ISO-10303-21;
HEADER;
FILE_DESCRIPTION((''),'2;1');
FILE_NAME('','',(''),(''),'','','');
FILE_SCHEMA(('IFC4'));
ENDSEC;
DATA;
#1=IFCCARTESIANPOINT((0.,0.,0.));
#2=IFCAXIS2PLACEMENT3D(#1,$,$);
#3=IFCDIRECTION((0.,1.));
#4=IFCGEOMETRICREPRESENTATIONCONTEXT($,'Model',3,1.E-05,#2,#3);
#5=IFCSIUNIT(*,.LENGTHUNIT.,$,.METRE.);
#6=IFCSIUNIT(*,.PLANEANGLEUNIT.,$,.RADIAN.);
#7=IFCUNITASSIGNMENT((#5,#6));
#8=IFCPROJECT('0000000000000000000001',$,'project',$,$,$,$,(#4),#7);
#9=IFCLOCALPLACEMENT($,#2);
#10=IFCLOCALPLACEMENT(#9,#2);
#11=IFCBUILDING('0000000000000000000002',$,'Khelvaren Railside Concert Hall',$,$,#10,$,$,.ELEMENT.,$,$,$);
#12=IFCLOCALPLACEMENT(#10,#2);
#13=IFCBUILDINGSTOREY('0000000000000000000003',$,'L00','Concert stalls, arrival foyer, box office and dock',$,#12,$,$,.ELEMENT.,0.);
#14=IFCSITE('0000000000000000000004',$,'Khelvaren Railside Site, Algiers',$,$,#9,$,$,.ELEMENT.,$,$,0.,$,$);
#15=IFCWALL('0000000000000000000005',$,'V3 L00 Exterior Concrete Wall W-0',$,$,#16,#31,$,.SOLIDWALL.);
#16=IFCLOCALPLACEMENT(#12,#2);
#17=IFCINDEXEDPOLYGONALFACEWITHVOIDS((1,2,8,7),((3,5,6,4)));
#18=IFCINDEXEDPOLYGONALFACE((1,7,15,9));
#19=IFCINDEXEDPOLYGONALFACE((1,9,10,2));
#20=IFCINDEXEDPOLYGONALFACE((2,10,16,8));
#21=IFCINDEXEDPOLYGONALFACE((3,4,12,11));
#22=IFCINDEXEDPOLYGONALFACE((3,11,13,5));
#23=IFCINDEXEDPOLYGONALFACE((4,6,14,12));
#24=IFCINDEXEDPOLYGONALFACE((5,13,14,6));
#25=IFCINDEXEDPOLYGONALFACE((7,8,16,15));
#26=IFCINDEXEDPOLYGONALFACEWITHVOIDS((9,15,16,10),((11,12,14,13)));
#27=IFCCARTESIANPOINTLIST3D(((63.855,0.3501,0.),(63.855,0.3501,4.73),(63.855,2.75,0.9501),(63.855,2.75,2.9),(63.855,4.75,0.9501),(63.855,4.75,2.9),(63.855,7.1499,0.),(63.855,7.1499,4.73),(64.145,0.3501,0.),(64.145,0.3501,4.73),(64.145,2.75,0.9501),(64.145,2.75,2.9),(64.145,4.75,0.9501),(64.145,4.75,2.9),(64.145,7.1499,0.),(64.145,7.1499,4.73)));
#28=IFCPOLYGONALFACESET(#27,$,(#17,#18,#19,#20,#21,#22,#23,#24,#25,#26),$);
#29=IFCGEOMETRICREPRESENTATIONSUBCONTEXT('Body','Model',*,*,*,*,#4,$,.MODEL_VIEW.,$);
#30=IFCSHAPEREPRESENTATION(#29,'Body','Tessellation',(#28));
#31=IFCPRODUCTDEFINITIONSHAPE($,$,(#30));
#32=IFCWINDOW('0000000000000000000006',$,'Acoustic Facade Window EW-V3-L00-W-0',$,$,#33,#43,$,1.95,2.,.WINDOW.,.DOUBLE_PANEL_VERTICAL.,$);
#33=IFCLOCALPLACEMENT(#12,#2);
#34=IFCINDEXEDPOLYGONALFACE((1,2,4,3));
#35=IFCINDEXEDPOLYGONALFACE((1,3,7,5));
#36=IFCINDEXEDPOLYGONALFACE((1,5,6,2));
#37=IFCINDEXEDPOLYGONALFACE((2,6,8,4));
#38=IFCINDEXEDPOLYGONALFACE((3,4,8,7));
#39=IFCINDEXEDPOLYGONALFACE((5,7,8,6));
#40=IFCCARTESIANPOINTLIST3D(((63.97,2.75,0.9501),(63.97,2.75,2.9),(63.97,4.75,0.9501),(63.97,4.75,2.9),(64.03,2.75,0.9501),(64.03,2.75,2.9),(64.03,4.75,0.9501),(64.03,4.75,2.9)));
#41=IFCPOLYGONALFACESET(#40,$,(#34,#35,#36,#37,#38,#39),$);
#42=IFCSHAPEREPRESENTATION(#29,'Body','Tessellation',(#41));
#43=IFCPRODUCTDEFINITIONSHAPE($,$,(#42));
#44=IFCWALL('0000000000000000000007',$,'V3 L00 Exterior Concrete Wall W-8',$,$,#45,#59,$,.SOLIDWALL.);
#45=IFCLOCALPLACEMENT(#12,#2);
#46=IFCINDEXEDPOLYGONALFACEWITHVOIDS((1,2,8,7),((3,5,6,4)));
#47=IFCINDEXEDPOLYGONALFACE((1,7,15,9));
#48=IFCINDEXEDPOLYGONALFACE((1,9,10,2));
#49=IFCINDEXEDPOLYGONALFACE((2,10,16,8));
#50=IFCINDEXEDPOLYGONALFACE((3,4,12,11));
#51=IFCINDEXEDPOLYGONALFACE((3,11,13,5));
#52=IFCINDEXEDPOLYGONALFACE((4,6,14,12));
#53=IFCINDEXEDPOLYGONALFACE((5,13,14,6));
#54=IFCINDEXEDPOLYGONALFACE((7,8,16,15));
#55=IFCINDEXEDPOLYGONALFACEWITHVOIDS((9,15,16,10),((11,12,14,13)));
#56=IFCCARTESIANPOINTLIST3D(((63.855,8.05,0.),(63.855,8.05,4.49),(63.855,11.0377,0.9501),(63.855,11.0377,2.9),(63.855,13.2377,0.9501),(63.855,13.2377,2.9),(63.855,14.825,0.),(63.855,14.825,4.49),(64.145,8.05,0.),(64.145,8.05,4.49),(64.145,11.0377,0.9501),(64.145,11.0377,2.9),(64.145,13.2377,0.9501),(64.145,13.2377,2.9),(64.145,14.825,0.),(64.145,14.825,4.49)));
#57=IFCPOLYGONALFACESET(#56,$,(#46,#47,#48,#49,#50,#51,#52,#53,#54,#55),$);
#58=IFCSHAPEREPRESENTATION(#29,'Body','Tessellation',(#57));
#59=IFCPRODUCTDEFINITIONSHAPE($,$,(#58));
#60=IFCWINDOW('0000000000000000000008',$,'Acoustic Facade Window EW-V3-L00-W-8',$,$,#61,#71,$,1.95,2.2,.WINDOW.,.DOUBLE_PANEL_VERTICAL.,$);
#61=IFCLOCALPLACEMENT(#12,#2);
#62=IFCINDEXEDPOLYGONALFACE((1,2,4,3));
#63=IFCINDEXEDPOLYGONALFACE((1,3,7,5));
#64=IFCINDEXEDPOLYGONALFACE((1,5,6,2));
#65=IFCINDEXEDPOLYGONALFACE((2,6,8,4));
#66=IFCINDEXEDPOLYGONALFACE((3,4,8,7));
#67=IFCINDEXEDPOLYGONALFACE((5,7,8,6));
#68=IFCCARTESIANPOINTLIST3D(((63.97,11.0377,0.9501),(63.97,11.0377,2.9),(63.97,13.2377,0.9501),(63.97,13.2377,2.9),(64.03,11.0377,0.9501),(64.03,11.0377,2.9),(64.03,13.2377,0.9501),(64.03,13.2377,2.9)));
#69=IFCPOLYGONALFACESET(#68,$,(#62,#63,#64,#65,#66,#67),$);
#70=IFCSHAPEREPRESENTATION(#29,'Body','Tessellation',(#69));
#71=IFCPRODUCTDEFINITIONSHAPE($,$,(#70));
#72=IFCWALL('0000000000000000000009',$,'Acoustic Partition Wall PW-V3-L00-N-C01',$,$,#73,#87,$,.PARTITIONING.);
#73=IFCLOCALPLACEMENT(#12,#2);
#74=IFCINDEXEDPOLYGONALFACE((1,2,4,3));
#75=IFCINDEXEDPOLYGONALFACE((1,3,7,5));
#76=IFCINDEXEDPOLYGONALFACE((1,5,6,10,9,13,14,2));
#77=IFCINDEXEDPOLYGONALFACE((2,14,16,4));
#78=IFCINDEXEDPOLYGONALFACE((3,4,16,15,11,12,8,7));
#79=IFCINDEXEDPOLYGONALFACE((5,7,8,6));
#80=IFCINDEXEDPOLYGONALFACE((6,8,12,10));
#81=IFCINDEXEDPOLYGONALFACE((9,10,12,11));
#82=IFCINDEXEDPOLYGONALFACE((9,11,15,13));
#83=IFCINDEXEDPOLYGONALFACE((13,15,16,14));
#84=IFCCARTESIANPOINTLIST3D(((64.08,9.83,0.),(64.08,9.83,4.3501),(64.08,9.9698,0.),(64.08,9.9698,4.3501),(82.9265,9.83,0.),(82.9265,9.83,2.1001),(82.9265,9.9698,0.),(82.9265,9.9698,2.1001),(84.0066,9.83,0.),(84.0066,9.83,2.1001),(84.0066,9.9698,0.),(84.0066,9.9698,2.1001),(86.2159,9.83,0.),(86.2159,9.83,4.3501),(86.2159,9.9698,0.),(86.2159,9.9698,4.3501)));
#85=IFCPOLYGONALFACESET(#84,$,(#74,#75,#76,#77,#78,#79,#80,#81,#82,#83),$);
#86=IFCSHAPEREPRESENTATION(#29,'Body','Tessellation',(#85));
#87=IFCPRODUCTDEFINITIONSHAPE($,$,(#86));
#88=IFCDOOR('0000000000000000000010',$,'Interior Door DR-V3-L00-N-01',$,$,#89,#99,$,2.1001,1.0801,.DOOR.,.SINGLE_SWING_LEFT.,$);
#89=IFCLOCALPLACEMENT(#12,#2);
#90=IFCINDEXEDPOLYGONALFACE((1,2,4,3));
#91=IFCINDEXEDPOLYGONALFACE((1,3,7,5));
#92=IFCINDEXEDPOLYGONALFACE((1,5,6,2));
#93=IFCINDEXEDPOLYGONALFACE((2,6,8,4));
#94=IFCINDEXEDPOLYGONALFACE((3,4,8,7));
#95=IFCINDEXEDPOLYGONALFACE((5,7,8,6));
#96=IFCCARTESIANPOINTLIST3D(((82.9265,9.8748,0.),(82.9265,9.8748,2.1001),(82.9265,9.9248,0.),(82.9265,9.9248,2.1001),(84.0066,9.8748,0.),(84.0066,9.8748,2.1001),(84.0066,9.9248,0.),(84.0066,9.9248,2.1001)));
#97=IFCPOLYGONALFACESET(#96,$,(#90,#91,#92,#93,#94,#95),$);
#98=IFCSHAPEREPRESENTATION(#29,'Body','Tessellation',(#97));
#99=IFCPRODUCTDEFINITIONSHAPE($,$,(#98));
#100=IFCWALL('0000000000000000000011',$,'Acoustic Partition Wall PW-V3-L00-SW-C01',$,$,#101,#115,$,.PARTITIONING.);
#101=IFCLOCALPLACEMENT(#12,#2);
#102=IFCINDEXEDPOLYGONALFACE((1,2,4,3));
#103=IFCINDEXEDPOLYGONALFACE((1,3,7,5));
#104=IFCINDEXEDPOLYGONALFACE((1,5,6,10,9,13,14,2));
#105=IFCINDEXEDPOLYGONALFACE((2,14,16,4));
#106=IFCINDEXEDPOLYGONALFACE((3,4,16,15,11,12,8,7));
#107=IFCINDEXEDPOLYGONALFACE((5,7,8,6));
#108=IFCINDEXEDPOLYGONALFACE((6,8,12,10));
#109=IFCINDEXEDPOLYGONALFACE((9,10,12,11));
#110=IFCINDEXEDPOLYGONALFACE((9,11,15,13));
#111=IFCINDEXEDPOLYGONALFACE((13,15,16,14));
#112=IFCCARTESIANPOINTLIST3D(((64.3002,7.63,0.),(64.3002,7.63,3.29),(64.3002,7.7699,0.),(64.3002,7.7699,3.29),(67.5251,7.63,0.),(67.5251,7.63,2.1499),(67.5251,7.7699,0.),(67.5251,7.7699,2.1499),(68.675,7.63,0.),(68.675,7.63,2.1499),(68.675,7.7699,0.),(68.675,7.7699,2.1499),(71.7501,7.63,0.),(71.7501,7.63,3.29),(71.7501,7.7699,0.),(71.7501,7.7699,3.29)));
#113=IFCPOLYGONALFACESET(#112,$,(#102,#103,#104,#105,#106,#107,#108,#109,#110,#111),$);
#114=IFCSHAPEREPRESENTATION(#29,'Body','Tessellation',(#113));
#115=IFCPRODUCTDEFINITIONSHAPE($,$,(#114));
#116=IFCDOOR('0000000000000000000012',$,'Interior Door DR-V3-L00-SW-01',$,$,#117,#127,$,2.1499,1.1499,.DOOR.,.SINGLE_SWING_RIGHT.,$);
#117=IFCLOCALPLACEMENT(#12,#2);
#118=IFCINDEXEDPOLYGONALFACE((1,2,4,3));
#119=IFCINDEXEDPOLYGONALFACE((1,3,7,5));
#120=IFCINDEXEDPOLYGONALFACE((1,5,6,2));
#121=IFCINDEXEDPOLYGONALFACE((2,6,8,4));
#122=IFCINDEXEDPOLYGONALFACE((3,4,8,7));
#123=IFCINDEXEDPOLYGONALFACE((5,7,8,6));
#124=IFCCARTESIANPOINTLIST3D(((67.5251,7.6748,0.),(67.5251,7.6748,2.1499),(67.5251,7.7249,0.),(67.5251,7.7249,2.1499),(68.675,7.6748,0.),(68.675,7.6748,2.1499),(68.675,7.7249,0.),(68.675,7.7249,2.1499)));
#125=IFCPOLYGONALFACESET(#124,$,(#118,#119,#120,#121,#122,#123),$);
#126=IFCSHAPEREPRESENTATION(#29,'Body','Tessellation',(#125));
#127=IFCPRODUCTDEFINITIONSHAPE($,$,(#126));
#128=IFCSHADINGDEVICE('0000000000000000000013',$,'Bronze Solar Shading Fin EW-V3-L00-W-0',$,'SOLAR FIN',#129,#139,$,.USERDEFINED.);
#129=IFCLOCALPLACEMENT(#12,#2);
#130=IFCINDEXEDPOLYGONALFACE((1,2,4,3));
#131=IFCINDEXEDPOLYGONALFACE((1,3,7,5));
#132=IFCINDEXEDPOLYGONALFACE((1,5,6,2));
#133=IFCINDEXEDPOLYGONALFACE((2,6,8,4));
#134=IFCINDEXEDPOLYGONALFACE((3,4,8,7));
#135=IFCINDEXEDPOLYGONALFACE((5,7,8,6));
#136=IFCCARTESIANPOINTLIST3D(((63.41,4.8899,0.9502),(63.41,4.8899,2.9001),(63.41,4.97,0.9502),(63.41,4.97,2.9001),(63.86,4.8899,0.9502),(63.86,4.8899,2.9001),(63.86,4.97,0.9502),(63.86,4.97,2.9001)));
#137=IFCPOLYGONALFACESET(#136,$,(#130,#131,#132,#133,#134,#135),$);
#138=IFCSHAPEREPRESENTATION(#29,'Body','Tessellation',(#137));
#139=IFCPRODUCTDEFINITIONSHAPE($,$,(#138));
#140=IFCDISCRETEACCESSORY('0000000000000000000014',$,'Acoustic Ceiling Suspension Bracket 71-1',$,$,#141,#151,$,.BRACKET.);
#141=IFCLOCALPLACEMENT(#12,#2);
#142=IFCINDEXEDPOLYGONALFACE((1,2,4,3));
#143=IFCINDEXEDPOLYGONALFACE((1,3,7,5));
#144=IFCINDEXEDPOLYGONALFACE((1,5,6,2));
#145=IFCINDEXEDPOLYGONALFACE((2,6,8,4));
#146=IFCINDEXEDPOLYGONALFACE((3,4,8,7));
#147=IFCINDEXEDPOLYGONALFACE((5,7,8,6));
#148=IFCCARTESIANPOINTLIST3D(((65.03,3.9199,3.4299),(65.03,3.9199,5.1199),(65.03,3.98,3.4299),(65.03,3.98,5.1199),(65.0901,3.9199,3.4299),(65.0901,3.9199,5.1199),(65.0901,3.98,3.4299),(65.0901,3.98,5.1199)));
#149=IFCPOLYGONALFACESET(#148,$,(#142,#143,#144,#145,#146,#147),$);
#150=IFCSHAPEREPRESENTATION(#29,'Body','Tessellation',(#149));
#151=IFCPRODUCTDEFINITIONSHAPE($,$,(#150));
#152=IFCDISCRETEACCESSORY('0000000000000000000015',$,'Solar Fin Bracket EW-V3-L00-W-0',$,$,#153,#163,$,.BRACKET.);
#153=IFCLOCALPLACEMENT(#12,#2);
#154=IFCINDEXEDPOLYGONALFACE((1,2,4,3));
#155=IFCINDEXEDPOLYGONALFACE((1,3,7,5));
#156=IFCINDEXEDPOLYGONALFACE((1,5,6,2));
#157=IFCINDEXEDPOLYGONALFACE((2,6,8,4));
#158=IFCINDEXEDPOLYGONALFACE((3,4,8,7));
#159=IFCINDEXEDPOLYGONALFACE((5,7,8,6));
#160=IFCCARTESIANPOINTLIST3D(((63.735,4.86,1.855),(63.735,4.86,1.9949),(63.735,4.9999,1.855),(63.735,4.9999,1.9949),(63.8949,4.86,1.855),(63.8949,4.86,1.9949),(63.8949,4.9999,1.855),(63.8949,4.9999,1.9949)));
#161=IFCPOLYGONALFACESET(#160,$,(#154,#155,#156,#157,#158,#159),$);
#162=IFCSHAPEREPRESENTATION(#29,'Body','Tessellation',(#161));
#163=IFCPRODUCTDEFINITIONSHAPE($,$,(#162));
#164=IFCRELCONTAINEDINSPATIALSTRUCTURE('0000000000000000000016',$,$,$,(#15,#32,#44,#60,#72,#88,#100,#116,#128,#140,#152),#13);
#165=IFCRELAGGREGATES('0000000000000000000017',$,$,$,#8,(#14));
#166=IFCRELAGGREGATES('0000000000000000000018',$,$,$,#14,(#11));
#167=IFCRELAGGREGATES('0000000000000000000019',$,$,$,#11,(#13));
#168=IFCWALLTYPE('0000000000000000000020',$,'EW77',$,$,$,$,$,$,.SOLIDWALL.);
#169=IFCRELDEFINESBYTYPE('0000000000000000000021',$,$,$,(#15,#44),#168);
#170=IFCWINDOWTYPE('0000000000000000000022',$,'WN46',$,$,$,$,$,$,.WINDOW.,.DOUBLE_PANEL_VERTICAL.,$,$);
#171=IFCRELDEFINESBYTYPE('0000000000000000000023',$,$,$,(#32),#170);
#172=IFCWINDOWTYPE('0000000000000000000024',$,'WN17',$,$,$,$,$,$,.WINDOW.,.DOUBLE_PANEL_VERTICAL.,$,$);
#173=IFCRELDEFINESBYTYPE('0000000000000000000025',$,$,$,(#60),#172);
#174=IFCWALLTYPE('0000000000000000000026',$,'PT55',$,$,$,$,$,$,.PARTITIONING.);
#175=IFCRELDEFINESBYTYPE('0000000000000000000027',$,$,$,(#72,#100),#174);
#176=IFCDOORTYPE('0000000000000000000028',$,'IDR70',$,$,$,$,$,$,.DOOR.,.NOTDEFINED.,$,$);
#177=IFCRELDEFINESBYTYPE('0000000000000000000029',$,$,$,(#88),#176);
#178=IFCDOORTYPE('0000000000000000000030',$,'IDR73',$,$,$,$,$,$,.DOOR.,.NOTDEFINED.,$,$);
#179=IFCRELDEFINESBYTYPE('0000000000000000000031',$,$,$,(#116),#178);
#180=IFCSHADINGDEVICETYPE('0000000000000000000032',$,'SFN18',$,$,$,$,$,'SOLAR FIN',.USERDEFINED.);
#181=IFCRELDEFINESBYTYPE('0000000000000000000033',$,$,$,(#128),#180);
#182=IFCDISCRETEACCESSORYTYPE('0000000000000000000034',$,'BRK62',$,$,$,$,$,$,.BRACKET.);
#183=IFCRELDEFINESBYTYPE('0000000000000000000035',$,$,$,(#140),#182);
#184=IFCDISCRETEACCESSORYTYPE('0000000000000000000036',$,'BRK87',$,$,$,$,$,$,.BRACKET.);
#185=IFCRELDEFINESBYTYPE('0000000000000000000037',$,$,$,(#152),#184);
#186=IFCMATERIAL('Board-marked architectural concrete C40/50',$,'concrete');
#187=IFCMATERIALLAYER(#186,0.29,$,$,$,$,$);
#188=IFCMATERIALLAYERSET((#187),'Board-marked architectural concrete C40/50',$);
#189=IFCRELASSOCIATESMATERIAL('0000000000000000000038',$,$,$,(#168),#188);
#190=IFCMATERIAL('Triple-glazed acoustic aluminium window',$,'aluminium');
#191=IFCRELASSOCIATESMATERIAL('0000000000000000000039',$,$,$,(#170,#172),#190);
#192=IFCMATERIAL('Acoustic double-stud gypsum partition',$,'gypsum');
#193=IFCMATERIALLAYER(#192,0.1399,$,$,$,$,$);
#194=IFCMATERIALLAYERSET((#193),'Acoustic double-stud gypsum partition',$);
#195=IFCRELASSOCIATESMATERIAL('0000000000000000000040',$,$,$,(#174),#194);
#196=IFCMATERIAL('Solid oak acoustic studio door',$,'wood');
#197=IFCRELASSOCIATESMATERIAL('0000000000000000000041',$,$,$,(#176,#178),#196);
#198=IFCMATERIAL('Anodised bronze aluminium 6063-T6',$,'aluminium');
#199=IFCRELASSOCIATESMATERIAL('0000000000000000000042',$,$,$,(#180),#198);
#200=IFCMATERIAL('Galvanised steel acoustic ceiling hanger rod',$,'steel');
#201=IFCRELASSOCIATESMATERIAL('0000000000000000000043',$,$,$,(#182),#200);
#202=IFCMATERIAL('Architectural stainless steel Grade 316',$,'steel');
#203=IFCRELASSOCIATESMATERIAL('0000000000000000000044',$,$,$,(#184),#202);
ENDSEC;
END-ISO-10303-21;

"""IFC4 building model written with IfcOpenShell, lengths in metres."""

from ifc_helpers import new_model, si_unit, direction, frame, frame_2d, origin, origin_2d, place, context, subcontext, project, spatial, rectangle, extrude, material, layer, layer_set, type_object, element, fill, save


model = new_model("IFC4")

# Units and contexts
model_context = context("Model", 3, precision=1e-05, world=origin(), true_north=direction((0.0, 1.0)))
body_context = subcontext(model_context, "Body", "Model", "MODEL_VIEW")
ifc_project = project(units=[si_unit("LENGTHUNIT", "METRE"), si_unit("PLANEANGLEUNIT", "RADIAN")], contexts=[model_context])

# Site, building, storey
site_placement = place(None, origin())
site = spatial("IfcSite", under=ifc_project, at=site_placement, Name="Khelvaren Railside Site, Algiers", CompositionType="ELEMENT", RefElevation=0.0)
building_placement = place(site_placement, origin())
building = spatial("IfcBuilding", under=site, at=building_placement, Name="Khelvaren Railside Concert Hall", CompositionType="ELEMENT")
storey_placement = place(building_placement, origin())
storey = spatial("IfcBuildingStorey", under=building, at=storey_placement, Name="L00", Description="Concert stalls, arrival foyer, box office and dock", CompositionType="ELEMENT", Elevation=0.0)

# Walls, openings, windows
ifc_material_1 = material(Name="Board-marked architectural concrete C40/50", Category="concrete")
ifc_layer_1 = layer(ifc_material_1, 0.29)
ifc_layer_set_1 = layer_set([ifc_layer_1], Name="Board-marked architectural concrete C40/50")
wall_type_1 = type_object("IfcWallType", Name="EW77", PredefinedType="SOLIDWALL", material=ifc_layer_set_1)
wall_1_placement = place(storey_placement, frame((64.0, 0.3501, 0.0), z_axis=(0.0, 0.0, 1.0), x_axis=(0.0, 1.0, 0.0)))
wall_1 = element("IfcWall", 1, at=wall_1_placement, inside=storey, type_object=wall_type_1, Name="V3 L00 Exterior Concrete Wall W-0", PredefinedType="SOLIDWALL", context=body_context, shape_type="SweptSolid", body=[
    extrude(rectangle(XDim=6.7998, YDim=0.29, at=frame_2d((3.3999, 0.0))), origin(), (0.0, 0.0, 1.0), 4.73),
])
opening_1_placement = place(wall_1_placement, frame((2.3999, 0.0, 0.95)))
opening_1 = element("IfcOpeningElement", 2, at=opening_1_placement, cuts=wall_1, PredefinedType="OPENING", context=body_context, shape_type="SweptSolid", body=[
    extrude(rectangle(XDim=2.0, YDim=1.95, at=frame_2d((1.0, 0.9751))), frame((0.0, 0.155, 0.0), z_axis=(0.0, -1.0, 0.0), x_axis=(1.0, 0.0, 0.0)), (0.0, 0.0, 1.0), 0.3101),
])
ifc_material_2 = material(Name="Triple-glazed acoustic aluminium window", Category="aluminium")
window_type_1 = type_object("IfcWindowType", Name="WN46", PartitioningType="DOUBLE_PANEL_VERTICAL", PredefinedType="WINDOW", material=ifc_material_2)
window_1_placement = place(opening_1_placement, origin())
window_1 = element("IfcWindow", 3, at=window_1_placement, inside=storey, type_object=window_type_1, Name="Acoustic Facade Window EW-V3-L00-W-0", OverallHeight=1.95, OverallWidth=2.0, PartitioningType="DOUBLE_PANEL_VERTICAL", PredefinedType="WINDOW", context=body_context, shape_type="SweptSolid", body=[
    extrude(rectangle(XDim=2.0, YDim=1.95, at=frame_2d((1.0, 0.9751))), frame((0.0, 0.03, 0.0), z_axis=(0.0, -1.0, 0.0), x_axis=(1.0, 0.0, 0.0)), (0.0, 0.0, 1.0), 0.0601),
])
fill(opening_1, window_1)
wall_2_placement = place(storey_placement, frame((64.0, 8.05, 0.0), z_axis=(0.0, 0.0, 1.0), x_axis=(0.0, 1.0, 0.0)))
wall_2 = element("IfcWall", 4, at=wall_2_placement, inside=storey, type_object=wall_type_1, Name="V3 L00 Exterior Concrete Wall W-8", PredefinedType="SOLIDWALL", context=body_context, shape_type="SweptSolid", body=[
    extrude(rectangle(XDim=6.7749, YDim=0.29, at=frame_2d((3.3875, 0.0))), origin(), (0.0, 0.0, 1.0), 4.49),
])
opening_2_placement = place(wall_2_placement, frame((2.9875, 0.0, 0.95)))
opening_2 = element("IfcOpeningElement", 5, at=opening_2_placement, cuts=wall_2, PredefinedType="OPENING", context=body_context, shape_type="SweptSolid", body=[
    extrude(rectangle(XDim=2.2, YDim=1.95, at=frame_2d((1.1001, 0.9751))), frame((0.0, 0.155, 0.0), z_axis=(0.0, -1.0, 0.0), x_axis=(1.0, 0.0, 0.0)), (0.0, 0.0, 1.0), 0.3101),
])
window_type_2 = type_object("IfcWindowType", Name="WN17", PartitioningType="DOUBLE_PANEL_VERTICAL", PredefinedType="WINDOW", material=ifc_material_2)
window_2_placement = place(opening_2_placement, origin())
window_2 = element("IfcWindow", 6, at=window_2_placement, inside=storey, type_object=window_type_2, Name="Acoustic Facade Window EW-V3-L00-W-8", OverallHeight=1.95, OverallWidth=2.2, PartitioningType="DOUBLE_PANEL_VERTICAL", PredefinedType="WINDOW", context=body_context, shape_type="SweptSolid", body=[
    extrude(rectangle(XDim=2.2, YDim=1.95, at=frame_2d((1.1001, 0.9751))), frame((0.0, 0.03, 0.0), z_axis=(0.0, -1.0, 0.0), x_axis=(1.0, 0.0, 0.0)), (0.0, 0.0, 1.0), 0.0601),
])
fill(opening_2, window_2)

# Walls, openings, doors
ifc_material_3 = material(Name="Acoustic double-stud gypsum partition", Category="gypsum")
ifc_layer_2 = layer(ifc_material_3, 0.1399)
ifc_layer_set_2 = layer_set([ifc_layer_2], Name="Acoustic double-stud gypsum partition")
wall_type_2 = type_object("IfcWallType", Name="PT55", PredefinedType="PARTITIONING", material=ifc_layer_set_2)
wall_3_placement = place(storey_placement, frame((64.0801, 9.8999, 0.0), z_axis=(0.0, 0.0, 1.0), x_axis=(1.0, 0.0, 0.0)))
wall_3 = element("IfcWall", 7, at=wall_3_placement, inside=storey, type_object=wall_type_2, Name="Acoustic Partition Wall PW-V3-L00-N-C01", PredefinedType="PARTITIONING", context=body_context, shape_type="SweptSolid", body=[
    extrude(rectangle(XDim=22.136, YDim=0.1399, at=frame_2d((11.0679, 0.0))), origin(), (0.0, 0.0, 1.0), 4.3501),
])
opening_3_placement = place(wall_3_placement, frame((18.8464, 0.0, 0.0)))
opening_3 = element("IfcOpeningElement", 8, at=opening_3_placement, cuts=wall_3, PredefinedType="OPENING", context=body_context, shape_type="SweptSolid", body=[
    extrude(rectangle(XDim=1.0801, YDim=2.1001, at=frame_2d((0.54, 1.05))), frame((0.0, 0.0798, 0.0), z_axis=(0.0, -1.0, 0.0), x_axis=(1.0, 0.0, 0.0)), (0.0, 0.0, 1.0), 0.1599),
])
ifc_material_4 = material(Name="Solid oak acoustic studio door", Category="wood")
door_type_1 = type_object("IfcDoorType", Name="IDR70", OperationType="NOTDEFINED", PredefinedType="DOOR", material=ifc_material_4)
door_1_placement = place(opening_3_placement, origin())
door_1 = element("IfcDoor", 9, at=door_1_placement, inside=storey, type_object=door_type_1, Name="Interior Door DR-V3-L00-N-01", OperationType="SINGLE_SWING_LEFT", OverallHeight=2.1001, OverallWidth=1.0801, PredefinedType="DOOR", context=body_context, shape_type="SweptSolid", body=[
    extrude(rectangle(XDim=1.0801, YDim=2.1001, at=frame_2d((0.54, 1.05))), frame((0.0, 0.0249, 0.0), z_axis=(0.0, -1.0, 0.0), x_axis=(1.0, 0.0, 0.0)), (0.0, 0.0, 1.0), 0.05),
])
fill(opening_3, door_1)
wall_4_placement = place(storey_placement, frame((64.3, 7.7, 0.0), z_axis=(0.0, 0.0, 1.0), x_axis=(1.0, 0.0, 0.0)))
wall_4 = element("IfcWall", 10, at=wall_4_placement, inside=storey, type_object=wall_type_2, Name="Acoustic Partition Wall PW-V3-L00-SW-C01", PredefinedType="PARTITIONING", context=body_context, shape_type="SweptSolid", body=[
    extrude(rectangle(XDim=7.45, YDim=0.1399, at=frame_2d((3.7251, 0.0))), origin(), (0.0, 0.0, 1.0), 3.29),
])
opening_4_placement = place(wall_4_placement, frame((3.2251, 0.0, 0.0)))
opening_4 = element("IfcOpeningElement", 11, at=opening_4_placement, cuts=wall_4, PredefinedType="OPENING", context=body_context, shape_type="SweptSolid", body=[
    extrude(rectangle(XDim=1.1499, YDim=2.1499, at=frame_2d((0.575, 1.075))), frame((0.0, 0.0798, 0.0), z_axis=(0.0, -1.0, 0.0), x_axis=(1.0, 0.0, 0.0)), (0.0, 0.0, 1.0), 0.1599),
])
door_type_2 = type_object("IfcDoorType", Name="IDR73", OperationType="NOTDEFINED", PredefinedType="DOOR", material=ifc_material_4)
door_2_placement = place(opening_4_placement, origin())
door_2 = element("IfcDoor", 12, at=door_2_placement, inside=storey, type_object=door_type_2, Name="Interior Door DR-V3-L00-SW-01", OperationType="SINGLE_SWING_RIGHT", OverallHeight=2.1499, OverallWidth=1.1499, PredefinedType="DOOR", context=body_context, shape_type="SweptSolid", body=[
    extrude(rectangle(XDim=1.1499, YDim=2.1499, at=frame_2d((0.575, 1.075))), frame((0.0, 0.0249, 0.0), z_axis=(0.0, -1.0, 0.0), x_axis=(1.0, 0.0, 0.0)), (0.0, 0.0, 1.0), 0.05),
])
fill(opening_4, door_2)

# Shading device
ifc_material_5 = material(Name="Anodised bronze aluminium 6063-T6", Category="aluminium")
shading_device_type = type_object("IfcShadingDeviceType", Name="SFN18", ElementType="SOLAR FIN", PredefinedType="USERDEFINED", material=ifc_material_5)
shading_device_placement = place(storey_placement, frame((63.635, 4.9299, 0.9502), z_axis=(0.0, 0.0, 1.0), x_axis=(0.0, 1.0, 0.0)))
element("IfcShadingDevice", 13, at=shading_device_placement, inside=storey, type_object=shading_device_type, Name="Bronze Solar Shading Fin EW-V3-L00-W-0", ObjectType="SOLAR FIN", PredefinedType="USERDEFINED", context=body_context, shape_type="SweptSolid", body=[
    extrude(rectangle(XDim=0.0801, YDim=0.45, at=origin_2d()), origin(), (0.0, 0.0, 1.0), 1.95),
])

# Discrete accessories
ifc_material_6 = material(Name="Galvanised steel acoustic ceiling hanger rod", Category="steel")
discrete_accessory_type_1 = type_object("IfcDiscreteAccessoryType", Name="BRK62", PredefinedType="BRACKET", material=ifc_material_6)
discrete_accessory_1_placement = place(storey_placement, frame((65.0601, 3.95, 3.4299), z_axis=(0.0, 0.0, 1.0), x_axis=(1.0, 0.0, 0.0)))
element("IfcDiscreteAccessory", 14, at=discrete_accessory_1_placement, inside=storey, type_object=discrete_accessory_type_1, Name="Acoustic Ceiling Suspension Bracket 71-1", PredefinedType="BRACKET", context=body_context, shape_type="SweptSolid", body=[
    extrude(rectangle(XDim=0.0601, YDim=0.0601, at=origin_2d()), origin(), (0.0, 0.0, 1.0), 1.6899),
])
ifc_material_7 = material(Name="Architectural stainless steel Grade 316", Category="steel")
discrete_accessory_type_2 = type_object("IfcDiscreteAccessoryType", Name="BRK87", PredefinedType="BRACKET", material=ifc_material_7)
discrete_accessory_2_placement = place(storey_placement, frame((63.8149, 4.9299, 1.855), z_axis=(0.0, 0.0, 1.0), x_axis=(0.0, 1.0, 0.0)))
element("IfcDiscreteAccessory", 15, at=discrete_accessory_2_placement, inside=storey, type_object=discrete_accessory_type_2, Name="Solar Fin Bracket EW-V3-L00-W-0", PredefinedType="BRACKET", context=body_context, shape_type="SweptSolid", body=[
    extrude(rectangle(XDim=0.1399, YDim=0.1599, at=origin_2d()), origin(), (0.0, 0.0, 1.0), 0.1399),
])

save(model, "model.ifc")
